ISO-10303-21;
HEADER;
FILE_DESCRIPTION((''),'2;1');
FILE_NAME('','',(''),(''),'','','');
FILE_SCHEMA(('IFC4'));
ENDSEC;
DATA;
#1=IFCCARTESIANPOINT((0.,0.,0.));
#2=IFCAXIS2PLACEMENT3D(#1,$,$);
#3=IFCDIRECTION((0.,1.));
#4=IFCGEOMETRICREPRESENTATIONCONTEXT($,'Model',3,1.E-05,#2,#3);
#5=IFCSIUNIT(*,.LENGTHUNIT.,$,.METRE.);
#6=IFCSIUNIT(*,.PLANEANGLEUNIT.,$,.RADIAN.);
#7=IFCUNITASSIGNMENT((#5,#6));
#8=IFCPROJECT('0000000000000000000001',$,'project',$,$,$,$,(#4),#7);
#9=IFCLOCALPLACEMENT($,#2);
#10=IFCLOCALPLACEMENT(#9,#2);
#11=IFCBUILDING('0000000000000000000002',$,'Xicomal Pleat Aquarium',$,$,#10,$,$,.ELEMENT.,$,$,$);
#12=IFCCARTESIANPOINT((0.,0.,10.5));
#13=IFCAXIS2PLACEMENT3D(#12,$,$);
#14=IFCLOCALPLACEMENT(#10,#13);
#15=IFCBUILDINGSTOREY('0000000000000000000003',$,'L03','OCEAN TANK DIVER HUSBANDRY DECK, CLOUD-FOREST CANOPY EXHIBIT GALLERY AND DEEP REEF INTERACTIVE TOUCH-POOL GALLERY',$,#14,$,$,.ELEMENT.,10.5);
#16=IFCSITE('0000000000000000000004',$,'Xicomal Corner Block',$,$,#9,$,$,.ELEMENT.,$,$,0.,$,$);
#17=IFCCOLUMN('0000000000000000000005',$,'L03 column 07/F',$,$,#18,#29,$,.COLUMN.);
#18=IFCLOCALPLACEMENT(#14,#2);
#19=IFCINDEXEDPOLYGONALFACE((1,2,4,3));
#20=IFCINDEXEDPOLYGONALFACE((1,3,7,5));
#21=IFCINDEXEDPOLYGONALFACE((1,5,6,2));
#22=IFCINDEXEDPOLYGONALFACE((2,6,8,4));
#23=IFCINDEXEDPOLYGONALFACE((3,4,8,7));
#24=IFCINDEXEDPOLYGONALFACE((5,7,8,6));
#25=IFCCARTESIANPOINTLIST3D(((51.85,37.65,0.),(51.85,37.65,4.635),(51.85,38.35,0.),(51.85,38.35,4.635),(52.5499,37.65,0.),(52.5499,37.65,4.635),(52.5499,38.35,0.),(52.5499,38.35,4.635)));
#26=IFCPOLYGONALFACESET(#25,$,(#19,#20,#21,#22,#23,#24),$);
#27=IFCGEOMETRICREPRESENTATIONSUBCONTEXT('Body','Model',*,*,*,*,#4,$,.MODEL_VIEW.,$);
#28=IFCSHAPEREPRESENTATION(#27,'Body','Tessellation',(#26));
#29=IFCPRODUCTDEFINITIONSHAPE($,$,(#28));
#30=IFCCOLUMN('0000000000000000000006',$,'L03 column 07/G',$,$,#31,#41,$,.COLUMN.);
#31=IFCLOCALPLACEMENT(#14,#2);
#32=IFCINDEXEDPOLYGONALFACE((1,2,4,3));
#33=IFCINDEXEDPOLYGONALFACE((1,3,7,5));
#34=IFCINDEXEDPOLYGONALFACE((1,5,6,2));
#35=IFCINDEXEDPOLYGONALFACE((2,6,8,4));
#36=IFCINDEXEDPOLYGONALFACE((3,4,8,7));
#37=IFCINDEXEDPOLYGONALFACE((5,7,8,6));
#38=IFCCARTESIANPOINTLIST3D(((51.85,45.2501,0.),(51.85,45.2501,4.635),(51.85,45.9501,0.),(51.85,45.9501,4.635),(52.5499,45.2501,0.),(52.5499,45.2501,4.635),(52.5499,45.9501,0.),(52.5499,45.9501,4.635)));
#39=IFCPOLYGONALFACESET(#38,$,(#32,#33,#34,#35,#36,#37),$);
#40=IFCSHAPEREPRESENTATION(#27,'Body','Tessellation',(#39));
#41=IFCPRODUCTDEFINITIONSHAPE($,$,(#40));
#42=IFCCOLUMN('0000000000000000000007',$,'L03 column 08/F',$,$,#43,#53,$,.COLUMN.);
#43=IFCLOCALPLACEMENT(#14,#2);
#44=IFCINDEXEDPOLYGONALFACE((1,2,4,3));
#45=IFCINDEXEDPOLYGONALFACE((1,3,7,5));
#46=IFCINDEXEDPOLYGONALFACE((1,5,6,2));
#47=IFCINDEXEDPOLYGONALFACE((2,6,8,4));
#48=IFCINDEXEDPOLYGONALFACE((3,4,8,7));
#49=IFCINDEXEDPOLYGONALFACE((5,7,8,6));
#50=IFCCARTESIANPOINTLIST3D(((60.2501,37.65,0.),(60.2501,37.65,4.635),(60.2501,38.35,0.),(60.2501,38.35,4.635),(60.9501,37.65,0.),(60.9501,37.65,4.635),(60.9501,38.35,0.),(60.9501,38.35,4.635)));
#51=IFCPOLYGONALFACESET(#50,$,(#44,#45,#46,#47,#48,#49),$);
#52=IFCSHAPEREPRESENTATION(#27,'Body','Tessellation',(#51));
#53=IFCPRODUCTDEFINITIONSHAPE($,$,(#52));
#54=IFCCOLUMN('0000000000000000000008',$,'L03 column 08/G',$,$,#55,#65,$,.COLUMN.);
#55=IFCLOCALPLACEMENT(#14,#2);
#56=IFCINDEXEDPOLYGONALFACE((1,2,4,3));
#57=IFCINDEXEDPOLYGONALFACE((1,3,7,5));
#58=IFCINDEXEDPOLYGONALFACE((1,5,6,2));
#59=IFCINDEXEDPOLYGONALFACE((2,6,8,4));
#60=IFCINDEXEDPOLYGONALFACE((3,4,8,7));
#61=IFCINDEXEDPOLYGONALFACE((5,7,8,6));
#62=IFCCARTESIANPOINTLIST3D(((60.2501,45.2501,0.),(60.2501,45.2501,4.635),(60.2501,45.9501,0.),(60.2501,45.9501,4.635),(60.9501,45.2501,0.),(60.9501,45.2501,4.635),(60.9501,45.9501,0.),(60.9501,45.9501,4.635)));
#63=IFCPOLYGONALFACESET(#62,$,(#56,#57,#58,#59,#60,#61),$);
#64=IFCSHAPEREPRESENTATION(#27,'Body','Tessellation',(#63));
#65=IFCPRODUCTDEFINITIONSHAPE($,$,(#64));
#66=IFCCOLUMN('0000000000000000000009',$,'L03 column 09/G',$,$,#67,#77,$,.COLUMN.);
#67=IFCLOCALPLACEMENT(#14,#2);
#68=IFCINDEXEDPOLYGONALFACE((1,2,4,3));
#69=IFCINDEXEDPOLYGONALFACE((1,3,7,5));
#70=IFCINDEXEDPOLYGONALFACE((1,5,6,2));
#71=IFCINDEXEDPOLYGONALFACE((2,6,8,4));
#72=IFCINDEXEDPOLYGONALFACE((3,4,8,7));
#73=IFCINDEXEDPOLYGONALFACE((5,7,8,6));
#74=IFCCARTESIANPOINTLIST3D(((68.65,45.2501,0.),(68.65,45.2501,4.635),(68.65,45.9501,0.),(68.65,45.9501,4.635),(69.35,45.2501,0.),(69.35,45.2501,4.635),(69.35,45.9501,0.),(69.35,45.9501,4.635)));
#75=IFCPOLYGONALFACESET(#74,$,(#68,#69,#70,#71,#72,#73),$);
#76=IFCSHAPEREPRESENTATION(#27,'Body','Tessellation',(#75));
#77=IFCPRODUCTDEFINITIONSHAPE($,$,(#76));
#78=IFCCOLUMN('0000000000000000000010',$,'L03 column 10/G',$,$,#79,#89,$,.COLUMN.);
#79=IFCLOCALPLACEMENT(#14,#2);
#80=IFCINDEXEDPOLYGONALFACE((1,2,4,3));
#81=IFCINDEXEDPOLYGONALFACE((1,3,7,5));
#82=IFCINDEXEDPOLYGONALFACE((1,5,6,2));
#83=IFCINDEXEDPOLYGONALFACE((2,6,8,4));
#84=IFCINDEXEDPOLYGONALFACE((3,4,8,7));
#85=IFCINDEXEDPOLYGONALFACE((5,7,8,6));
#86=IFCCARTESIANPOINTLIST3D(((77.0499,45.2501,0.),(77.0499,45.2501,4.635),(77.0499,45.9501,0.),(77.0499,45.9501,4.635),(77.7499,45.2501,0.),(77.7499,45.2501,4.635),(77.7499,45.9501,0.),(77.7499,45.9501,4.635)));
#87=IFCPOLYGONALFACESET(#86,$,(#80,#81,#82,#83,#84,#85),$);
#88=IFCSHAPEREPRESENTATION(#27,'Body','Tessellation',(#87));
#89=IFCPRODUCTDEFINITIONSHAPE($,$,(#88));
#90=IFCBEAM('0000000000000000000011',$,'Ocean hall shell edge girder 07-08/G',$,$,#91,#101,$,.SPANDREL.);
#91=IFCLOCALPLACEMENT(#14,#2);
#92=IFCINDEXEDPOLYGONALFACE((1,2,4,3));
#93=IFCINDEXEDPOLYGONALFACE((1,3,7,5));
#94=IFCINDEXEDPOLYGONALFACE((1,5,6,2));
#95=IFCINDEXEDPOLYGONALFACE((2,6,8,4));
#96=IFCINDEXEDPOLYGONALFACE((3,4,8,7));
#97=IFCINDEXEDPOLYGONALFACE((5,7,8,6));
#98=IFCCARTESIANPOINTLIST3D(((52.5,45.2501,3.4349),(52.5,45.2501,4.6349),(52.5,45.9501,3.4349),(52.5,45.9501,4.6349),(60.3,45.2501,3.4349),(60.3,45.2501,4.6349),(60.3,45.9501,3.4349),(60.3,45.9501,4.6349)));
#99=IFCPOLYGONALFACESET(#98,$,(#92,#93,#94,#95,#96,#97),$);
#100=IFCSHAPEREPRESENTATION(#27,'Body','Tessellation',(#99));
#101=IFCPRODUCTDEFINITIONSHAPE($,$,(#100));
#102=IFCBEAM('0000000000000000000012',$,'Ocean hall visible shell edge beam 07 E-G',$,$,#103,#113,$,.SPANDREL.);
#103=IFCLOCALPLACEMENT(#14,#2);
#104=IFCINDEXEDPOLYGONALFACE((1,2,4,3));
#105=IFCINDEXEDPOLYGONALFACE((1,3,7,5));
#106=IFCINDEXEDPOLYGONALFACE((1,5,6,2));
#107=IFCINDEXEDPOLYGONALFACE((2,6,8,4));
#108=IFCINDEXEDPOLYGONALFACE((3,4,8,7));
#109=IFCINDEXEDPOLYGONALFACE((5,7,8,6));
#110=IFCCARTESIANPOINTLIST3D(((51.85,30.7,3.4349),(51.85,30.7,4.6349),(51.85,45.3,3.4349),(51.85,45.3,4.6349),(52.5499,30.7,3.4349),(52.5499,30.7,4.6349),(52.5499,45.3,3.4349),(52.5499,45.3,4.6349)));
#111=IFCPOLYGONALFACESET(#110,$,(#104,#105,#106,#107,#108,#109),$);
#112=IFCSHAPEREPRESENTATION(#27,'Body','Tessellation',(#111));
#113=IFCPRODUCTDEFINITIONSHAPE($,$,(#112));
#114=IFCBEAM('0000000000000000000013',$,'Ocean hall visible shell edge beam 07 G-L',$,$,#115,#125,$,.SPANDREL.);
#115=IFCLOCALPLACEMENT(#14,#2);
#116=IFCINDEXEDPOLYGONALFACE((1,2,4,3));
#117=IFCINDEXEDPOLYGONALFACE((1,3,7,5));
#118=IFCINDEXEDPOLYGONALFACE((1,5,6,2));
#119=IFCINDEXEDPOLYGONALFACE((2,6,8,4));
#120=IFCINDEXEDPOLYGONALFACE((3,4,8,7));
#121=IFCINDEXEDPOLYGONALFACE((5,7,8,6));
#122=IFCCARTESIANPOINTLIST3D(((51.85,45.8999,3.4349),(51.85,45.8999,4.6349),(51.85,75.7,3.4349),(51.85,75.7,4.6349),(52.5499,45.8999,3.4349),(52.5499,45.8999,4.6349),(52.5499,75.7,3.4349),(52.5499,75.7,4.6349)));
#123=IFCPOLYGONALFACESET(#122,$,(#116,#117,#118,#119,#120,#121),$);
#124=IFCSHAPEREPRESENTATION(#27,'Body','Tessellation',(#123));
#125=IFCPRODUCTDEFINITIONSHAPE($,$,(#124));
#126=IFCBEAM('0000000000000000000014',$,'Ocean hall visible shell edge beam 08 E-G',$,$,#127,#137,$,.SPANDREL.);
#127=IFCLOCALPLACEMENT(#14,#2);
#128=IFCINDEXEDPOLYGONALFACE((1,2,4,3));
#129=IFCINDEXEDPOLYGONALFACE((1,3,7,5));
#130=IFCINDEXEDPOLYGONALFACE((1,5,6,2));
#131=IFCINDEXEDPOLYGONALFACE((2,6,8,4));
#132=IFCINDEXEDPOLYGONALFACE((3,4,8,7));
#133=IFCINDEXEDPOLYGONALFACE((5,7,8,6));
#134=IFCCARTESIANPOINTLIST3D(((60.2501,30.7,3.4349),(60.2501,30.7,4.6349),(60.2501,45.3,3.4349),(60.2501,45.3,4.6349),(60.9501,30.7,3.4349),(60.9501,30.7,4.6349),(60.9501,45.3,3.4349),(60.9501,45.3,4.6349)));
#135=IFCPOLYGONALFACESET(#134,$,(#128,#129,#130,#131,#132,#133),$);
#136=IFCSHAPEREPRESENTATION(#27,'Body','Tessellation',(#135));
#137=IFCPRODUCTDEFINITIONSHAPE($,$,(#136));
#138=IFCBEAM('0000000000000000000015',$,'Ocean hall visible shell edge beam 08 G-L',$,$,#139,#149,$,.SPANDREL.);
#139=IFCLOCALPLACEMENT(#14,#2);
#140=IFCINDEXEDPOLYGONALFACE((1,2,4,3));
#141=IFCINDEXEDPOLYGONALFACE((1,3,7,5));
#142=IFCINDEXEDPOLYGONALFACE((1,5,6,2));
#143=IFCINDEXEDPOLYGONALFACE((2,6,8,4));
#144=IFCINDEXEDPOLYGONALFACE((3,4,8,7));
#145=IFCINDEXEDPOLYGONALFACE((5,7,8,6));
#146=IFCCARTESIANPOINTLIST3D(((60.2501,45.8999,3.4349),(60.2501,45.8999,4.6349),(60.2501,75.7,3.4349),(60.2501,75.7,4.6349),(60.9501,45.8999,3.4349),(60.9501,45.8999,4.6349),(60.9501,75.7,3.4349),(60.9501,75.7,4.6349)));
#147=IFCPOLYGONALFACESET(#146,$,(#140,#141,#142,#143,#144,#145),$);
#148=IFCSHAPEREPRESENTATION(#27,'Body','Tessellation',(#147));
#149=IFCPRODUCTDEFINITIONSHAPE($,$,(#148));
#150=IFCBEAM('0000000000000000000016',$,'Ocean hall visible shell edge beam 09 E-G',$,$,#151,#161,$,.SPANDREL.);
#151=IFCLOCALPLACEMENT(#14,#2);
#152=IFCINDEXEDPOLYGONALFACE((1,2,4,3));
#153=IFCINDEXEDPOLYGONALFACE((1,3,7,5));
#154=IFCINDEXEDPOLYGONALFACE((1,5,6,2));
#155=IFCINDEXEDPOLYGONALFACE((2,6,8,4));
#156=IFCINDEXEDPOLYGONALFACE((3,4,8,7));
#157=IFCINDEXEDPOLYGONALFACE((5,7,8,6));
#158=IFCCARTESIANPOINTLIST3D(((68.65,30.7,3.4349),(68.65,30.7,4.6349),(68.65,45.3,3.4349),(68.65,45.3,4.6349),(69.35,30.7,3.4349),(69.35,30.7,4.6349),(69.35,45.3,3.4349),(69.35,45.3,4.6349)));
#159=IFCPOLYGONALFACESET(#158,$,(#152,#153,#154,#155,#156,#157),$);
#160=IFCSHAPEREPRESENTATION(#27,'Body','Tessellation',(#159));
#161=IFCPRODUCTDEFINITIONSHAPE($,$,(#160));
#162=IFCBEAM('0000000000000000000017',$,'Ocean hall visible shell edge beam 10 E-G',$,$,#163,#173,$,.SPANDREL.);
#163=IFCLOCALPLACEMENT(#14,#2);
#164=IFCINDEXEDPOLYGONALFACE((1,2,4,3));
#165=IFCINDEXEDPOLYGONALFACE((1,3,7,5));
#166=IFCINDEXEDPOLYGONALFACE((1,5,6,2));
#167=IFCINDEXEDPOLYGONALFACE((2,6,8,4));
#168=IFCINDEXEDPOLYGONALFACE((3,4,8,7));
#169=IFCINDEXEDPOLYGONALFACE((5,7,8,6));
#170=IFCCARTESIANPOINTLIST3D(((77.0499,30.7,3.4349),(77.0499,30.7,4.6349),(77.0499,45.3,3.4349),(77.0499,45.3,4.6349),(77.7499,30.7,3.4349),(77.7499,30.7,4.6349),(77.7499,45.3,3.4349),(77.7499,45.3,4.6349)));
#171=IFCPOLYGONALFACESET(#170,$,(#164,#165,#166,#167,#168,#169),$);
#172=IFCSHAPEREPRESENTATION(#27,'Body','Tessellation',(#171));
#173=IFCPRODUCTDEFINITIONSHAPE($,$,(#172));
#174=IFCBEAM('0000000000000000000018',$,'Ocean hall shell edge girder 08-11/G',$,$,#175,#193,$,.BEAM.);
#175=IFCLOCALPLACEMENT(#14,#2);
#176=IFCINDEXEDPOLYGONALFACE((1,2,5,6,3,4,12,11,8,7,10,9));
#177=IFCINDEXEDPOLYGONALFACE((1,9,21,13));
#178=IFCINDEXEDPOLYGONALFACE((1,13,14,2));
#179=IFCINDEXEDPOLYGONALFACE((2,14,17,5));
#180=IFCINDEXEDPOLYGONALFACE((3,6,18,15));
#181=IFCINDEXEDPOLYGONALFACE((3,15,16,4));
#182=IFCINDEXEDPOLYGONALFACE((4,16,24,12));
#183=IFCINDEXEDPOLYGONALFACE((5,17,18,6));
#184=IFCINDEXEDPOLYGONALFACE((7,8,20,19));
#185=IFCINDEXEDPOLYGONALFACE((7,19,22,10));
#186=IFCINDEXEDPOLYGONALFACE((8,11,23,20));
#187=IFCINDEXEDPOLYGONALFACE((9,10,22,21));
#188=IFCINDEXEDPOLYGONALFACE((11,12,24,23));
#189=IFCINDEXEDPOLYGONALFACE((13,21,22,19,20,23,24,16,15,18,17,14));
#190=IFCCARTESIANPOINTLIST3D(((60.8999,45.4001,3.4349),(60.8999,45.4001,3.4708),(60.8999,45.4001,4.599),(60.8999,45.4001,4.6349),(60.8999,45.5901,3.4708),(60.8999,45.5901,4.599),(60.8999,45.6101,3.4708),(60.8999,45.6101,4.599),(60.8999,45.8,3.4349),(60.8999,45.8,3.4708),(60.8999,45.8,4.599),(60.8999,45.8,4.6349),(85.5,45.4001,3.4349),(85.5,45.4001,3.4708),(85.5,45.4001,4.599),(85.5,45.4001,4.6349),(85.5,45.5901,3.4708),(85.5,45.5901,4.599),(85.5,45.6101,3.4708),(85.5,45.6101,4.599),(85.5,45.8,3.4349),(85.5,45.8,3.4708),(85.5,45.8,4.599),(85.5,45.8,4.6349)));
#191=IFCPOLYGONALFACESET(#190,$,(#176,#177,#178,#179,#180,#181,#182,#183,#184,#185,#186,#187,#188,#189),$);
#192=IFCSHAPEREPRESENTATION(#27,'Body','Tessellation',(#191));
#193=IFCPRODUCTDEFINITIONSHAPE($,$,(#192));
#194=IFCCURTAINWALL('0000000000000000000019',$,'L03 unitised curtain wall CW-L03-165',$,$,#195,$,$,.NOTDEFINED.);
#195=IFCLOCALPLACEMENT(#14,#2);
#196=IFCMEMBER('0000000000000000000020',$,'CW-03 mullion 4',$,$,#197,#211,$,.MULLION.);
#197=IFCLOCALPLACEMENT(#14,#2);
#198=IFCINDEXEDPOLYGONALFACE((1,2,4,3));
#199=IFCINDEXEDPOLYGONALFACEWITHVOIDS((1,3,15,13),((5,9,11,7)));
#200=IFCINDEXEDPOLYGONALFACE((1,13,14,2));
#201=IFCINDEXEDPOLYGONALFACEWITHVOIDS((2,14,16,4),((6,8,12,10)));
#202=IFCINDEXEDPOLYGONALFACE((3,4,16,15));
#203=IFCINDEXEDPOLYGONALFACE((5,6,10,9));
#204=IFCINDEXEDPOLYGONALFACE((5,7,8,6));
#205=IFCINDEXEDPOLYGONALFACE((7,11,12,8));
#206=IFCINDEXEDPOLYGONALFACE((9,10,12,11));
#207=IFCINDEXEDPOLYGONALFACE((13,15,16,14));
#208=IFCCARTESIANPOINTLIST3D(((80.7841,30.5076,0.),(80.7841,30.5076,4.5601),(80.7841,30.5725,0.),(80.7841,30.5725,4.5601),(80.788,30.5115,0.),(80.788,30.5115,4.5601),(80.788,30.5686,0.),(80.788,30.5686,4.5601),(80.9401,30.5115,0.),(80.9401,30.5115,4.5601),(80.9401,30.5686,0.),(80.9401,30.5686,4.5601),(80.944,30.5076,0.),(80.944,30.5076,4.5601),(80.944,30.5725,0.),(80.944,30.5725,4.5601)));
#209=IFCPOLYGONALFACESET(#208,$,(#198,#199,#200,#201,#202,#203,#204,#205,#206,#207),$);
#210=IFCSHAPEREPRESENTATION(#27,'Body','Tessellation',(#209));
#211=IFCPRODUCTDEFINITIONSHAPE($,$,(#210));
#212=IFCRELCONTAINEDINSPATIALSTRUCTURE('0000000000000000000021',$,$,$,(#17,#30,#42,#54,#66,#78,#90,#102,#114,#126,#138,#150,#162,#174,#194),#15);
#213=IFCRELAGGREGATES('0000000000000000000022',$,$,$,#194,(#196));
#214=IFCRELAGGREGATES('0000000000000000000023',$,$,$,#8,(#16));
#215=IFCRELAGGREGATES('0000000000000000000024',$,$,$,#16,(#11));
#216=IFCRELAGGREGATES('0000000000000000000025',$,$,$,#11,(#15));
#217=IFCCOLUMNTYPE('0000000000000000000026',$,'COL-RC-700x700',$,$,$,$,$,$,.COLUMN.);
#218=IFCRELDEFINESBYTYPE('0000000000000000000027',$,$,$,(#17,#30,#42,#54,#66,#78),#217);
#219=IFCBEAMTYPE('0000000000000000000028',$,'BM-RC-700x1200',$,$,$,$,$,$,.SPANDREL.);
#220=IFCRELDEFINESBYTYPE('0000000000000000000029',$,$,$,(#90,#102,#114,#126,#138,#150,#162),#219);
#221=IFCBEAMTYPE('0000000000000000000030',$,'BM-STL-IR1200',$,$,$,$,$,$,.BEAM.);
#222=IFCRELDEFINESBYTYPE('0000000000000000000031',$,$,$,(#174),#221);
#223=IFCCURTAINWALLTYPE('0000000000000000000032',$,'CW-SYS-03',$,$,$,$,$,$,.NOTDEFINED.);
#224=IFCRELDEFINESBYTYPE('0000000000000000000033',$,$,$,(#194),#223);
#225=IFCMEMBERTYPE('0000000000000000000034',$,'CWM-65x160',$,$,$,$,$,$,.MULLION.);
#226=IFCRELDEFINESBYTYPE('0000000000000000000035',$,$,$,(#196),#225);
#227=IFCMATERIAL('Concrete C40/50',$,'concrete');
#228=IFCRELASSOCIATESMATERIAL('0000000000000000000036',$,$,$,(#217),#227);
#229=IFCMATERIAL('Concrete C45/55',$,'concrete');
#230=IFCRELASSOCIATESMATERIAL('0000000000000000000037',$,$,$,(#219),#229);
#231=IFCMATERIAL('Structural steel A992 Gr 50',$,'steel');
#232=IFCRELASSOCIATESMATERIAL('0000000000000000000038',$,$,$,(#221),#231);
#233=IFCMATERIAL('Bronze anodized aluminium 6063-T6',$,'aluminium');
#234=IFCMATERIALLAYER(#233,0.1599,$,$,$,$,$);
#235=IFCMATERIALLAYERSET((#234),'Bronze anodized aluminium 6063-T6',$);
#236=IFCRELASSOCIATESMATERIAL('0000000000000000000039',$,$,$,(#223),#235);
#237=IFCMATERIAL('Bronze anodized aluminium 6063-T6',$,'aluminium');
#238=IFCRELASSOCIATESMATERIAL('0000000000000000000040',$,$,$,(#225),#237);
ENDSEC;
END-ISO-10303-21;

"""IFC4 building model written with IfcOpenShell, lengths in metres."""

from ifc_helpers import new_model, si_unit, direction, frame, origin, origin_2d, place, context, subcontext, project, spatial, rectangle, hollow_rectangle, i_section, extrude, material, layer, layer_set, material_profile, profile_set, type_object, element, aggregate, save


model = new_model("IFC4")

# Units and contexts
model_context = context("Model", 3, precision=1e-05, world=origin(), true_north=direction((0.0, 1.0)))
body_context = subcontext(model_context, "Body", "Model", "MODEL_VIEW")
ifc_project = project(units=[si_unit("LENGTHUNIT", "METRE"), si_unit("PLANEANGLEUNIT", "RADIAN")], contexts=[model_context])

# Site, building, storey
site_placement = place(None, origin())
site = spatial("IfcSite", under=ifc_project, at=site_placement, Name="Xicomal Corner Block", CompositionType="ELEMENT", RefElevation=0.0)
building_placement = place(site_placement, origin())
building = spatial("IfcBuilding", under=site, at=building_placement, Name="Xicomal Pleat Aquarium", CompositionType="ELEMENT")
storey_placement = place(building_placement, frame((0.0, 0.0, 10.5)))
storey = spatial("IfcBuildingStorey", under=building, at=storey_placement, Name="L03", Description="OCEAN TANK DIVER HUSBANDRY DECK, CLOUD-FOREST CANOPY EXHIBIT GALLERY AND DEEP REEF INTERACTIVE TOUCH-POOL GALLERY", CompositionType="ELEMENT", Elevation=10.5)

# Columns
ifc_material_1 = material(Name="Concrete C40/50", Category="concrete")
ifc_material_profile_1 = material_profile(ifc_material_1, rectangle(XDim=0.7, YDim=0.7, at=origin_2d()), Name="RC 700x700")
ifc_profile_set_1 = profile_set([ifc_material_profile_1], Name="Concrete C40/50")
column_type = type_object("IfcColumnType", Name="COL-RC-700x700", PredefinedType="COLUMN", material=ifc_profile_set_1)
for number, where, z_axis, x_axis, name in (
    (1, (52.2, 38.0, 0.0), (0.0, 0.0, 1.0), (1.0, 0.0, 0.0), "L03 column 07/F"),
    (2, (52.2, 45.6001, 0.0), (0.0, 0.0, 1.0), (1.0, 0.0, 0.0), "L03 column 07/G"),
    (3, (60.6001, 38.0, 0.0), (0.0, 0.0, 1.0), (1.0, 0.0, 0.0), "L03 column 08/F"),
    (4, (60.6001, 45.6001, 0.0), (0.0, 0.0, 1.0), (1.0, 0.0, 0.0), "L03 column 08/G"),
    (5, (69.0, 45.6001, 0.0), (0.0, 0.0, 1.0), (1.0, 0.0, 0.0), "L03 column 09/G"),
    (6, (77.3999, 45.6001, 0.0), (0.0, 0.0, 1.0), (1.0, 0.0, 0.0), "L03 column 10/G"),
):
    element("IfcColumn", number, at=place(storey_placement, frame(where, z_axis=z_axis, x_axis=x_axis)), inside=storey, type_object=column_type, Name=name, PredefinedType="COLUMN", context=body_context, shape_type="SweptSolid", body=[
        extrude(rectangle(XDim=0.7, YDim=0.7, at=origin_2d()), origin(), (0.0, 0.0, 1.0), 4.635),
    ])

# Beams
ifc_material_2 = material(Name="Concrete C45/55", Category="concrete")
ifc_material_profile_2 = material_profile(ifc_material_2, rectangle(XDim=0.7, YDim=1.2, at=origin_2d()), Name="RC 700x1200")
ifc_profile_set_2 = profile_set([ifc_material_profile_2], Name="Concrete C45/55")
beam_type_1 = type_object("IfcBeamType", Name="BM-RC-700x1200", PredefinedType="SPANDREL", material=ifc_profile_set_2)
beam_1_placement = place(storey_placement, frame((52.5, 45.6001, 4.0349), z_axis=(1.0, 0.0, 0.0), x_axis=(0.0, 1.0, 0.0)))
element("IfcBeam", 7, at=beam_1_placement, inside=storey, type_object=beam_type_1, Name="Ocean hall shell edge girder 07-08/G", PredefinedType="SPANDREL", context=body_context, shape_type="SweptSolid", body=[
    extrude(rectangle(XDim=0.7, YDim=1.2, at=origin_2d()), origin(), (0.0, 0.0, 1.0), 7.8),
])
beam_2_placement = place(storey_placement, frame((52.2, 30.7, 4.0349), z_axis=(0.0, 1.0, 0.0), x_axis=(-1.0, 0.0, 0.0)))
element("IfcBeam", 8, at=beam_2_placement, inside=storey, type_object=beam_type_1, Name="Ocean hall visible shell edge beam 07 E-G", PredefinedType="SPANDREL", context=body_context, shape_type="SweptSolid", body=[
    extrude(rectangle(XDim=0.7, YDim=1.2, at=origin_2d()), origin(), (0.0, 0.0, 1.0), 14.6001),
])
beam_3_placement = place(storey_placement, frame((52.2, 45.8999, 4.0349), z_axis=(0.0, 1.0, 0.0), x_axis=(-1.0, 0.0, 0.0)))
element("IfcBeam", 9, at=beam_3_placement, inside=storey, type_object=beam_type_1, Name="Ocean hall visible shell edge beam 07 G-L", PredefinedType="SPANDREL", context=body_context, shape_type="SweptSolid", body=[
    extrude(rectangle(XDim=0.7, YDim=1.2, at=origin_2d()), origin(), (0.0, 0.0, 1.0), 29.8),
])
beam_4_placement = place(storey_placement, frame((60.6001, 30.7, 4.0349), z_axis=(0.0, 1.0, 0.0), x_axis=(-1.0, 0.0, 0.0)))
element("IfcBeam", 10, at=beam_4_placement, inside=storey, type_object=beam_type_1, Name="Ocean hall visible shell edge beam 08 E-G", PredefinedType="SPANDREL", context=body_context, shape_type="SweptSolid", body=[
    extrude(rectangle(XDim=0.7, YDim=1.2, at=origin_2d()), origin(), (0.0, 0.0, 1.0), 14.6001),
])
beam_5_placement = place(storey_placement, frame((60.6001, 45.8999, 4.0349), z_axis=(0.0, 1.0, 0.0), x_axis=(-1.0, 0.0, 0.0)))
element("IfcBeam", 11, at=beam_5_placement, inside=storey, type_object=beam_type_1, Name="Ocean hall visible shell edge beam 08 G-L", PredefinedType="SPANDREL", context=body_context, shape_type="SweptSolid", body=[
    extrude(rectangle(XDim=0.7, YDim=1.2, at=origin_2d()), origin(), (0.0, 0.0, 1.0), 29.8),
])
for number, where, z_axis, x_axis, name in (
    (12, (69.0, 30.7, 4.0349), (0.0, 1.0, 0.0), (-1.0, 0.0, 0.0), "Ocean hall visible shell edge beam 09 E-G"),
    (13, (77.3999, 30.7, 4.0349), (0.0, 1.0, 0.0), (-1.0, 0.0, 0.0), "Ocean hall visible shell edge beam 10 E-G"),
):
    element("IfcBeam", number, at=place(storey_placement, frame(where, z_axis=z_axis, x_axis=x_axis)), inside=storey, type_object=beam_type_1, Name=name, PredefinedType="SPANDREL", context=body_context, shape_type="SweptSolid", body=[
        extrude(rectangle(XDim=0.7, YDim=1.2, at=origin_2d()), origin(), (0.0, 0.0, 1.0), 14.6001),
    ])
ifc_material_3 = material(Name="Structural steel A992 Gr 50", Category="steel")
ifc_material_profile_3 = material_profile(ifc_material_3, i_section(OverallWidth=0.3999, OverallDepth=1.2, WebThickness=0.02, FlangeThickness=0.0359, at=origin_2d()), Name="IR 1200x412")
ifc_profile_set_3 = profile_set([ifc_material_profile_3], Name="Structural steel A992 Gr 50")
beam_type_2 = type_object("IfcBeamType", Name="BM-STL-IR1200", PredefinedType="BEAM", material=ifc_profile_set_3)
beam_6_placement = place(storey_placement, frame((60.8999, 45.6001, 4.0349), z_axis=(1.0, 0.0, 0.0), x_axis=(0.0, 1.0, 0.0)))
element("IfcBeam", 14, at=beam_6_placement, inside=storey, type_object=beam_type_2, Name="Ocean hall shell edge girder 08-11/G", PredefinedType="BEAM", context=body_context, shape_type="SweptSolid", body=[
    extrude(i_section(OverallWidth=0.3999, OverallDepth=1.2, WebThickness=0.02, FlangeThickness=0.0359, at=origin_2d()), origin(), (0.0, 0.0, 1.0), 24.6001),
])

# Curtain wall, member
ifc_material_4 = material(Name="Bronze anodized aluminium 6063-T6", Category="aluminium")
ifc_layer_1 = layer(ifc_material_4, 0.1599)
ifc_layer_set_1 = layer_set([ifc_layer_1], Name="Bronze anodized aluminium 6063-T6")
curtain_wall_type = type_object("IfcCurtainWallType", Name="CW-SYS-03", PredefinedType="NOTDEFINED", material=ifc_layer_set_1)
curtain_wall_placement = place(storey_placement, origin())
curtain_wall = element("IfcCurtainWall", 15, at=curtain_wall_placement, inside=storey, type_object=curtain_wall_type, Name="L03 unitised curtain wall CW-L03-165", PredefinedType="NOTDEFINED")
ifc_material_5 = material(Name="Bronze anodized aluminium 6063-T6", Category="aluminium")
ifc_material_profile_4 = material_profile(ifc_material_5, hollow_rectangle(XDim=0.0649, YDim=0.1599, WallThickness=0.0039, at=origin_2d()), Name="ALU MULL 65x160")
ifc_profile_set_4 = profile_set([ifc_material_profile_4], Name="Bronze anodized aluminium 6063-T6")
member_type = type_object("IfcMemberType", Name="CWM-65x160", PredefinedType="MULLION", material=ifc_profile_set_4)
member_placement = place(storey_placement, frame((80.864, 30.54, 0.0), z_axis=(0.0, 0.0, 1.0), x_axis=(0.0, -1.0, 0.0)))
member = element("IfcMember", 16, at=member_placement, type_object=member_type, Name="CW-03 mullion 4", PredefinedType="MULLION", context=body_context, shape_type="SweptSolid", body=[
    extrude(hollow_rectangle(XDim=0.0649, YDim=0.1599, WallThickness=0.0039, at=origin_2d()), origin(), (0.0, 0.0, 1.0), 4.5601),
])
aggregate(curtain_wall, [member])

save(model, "model.ifc")
